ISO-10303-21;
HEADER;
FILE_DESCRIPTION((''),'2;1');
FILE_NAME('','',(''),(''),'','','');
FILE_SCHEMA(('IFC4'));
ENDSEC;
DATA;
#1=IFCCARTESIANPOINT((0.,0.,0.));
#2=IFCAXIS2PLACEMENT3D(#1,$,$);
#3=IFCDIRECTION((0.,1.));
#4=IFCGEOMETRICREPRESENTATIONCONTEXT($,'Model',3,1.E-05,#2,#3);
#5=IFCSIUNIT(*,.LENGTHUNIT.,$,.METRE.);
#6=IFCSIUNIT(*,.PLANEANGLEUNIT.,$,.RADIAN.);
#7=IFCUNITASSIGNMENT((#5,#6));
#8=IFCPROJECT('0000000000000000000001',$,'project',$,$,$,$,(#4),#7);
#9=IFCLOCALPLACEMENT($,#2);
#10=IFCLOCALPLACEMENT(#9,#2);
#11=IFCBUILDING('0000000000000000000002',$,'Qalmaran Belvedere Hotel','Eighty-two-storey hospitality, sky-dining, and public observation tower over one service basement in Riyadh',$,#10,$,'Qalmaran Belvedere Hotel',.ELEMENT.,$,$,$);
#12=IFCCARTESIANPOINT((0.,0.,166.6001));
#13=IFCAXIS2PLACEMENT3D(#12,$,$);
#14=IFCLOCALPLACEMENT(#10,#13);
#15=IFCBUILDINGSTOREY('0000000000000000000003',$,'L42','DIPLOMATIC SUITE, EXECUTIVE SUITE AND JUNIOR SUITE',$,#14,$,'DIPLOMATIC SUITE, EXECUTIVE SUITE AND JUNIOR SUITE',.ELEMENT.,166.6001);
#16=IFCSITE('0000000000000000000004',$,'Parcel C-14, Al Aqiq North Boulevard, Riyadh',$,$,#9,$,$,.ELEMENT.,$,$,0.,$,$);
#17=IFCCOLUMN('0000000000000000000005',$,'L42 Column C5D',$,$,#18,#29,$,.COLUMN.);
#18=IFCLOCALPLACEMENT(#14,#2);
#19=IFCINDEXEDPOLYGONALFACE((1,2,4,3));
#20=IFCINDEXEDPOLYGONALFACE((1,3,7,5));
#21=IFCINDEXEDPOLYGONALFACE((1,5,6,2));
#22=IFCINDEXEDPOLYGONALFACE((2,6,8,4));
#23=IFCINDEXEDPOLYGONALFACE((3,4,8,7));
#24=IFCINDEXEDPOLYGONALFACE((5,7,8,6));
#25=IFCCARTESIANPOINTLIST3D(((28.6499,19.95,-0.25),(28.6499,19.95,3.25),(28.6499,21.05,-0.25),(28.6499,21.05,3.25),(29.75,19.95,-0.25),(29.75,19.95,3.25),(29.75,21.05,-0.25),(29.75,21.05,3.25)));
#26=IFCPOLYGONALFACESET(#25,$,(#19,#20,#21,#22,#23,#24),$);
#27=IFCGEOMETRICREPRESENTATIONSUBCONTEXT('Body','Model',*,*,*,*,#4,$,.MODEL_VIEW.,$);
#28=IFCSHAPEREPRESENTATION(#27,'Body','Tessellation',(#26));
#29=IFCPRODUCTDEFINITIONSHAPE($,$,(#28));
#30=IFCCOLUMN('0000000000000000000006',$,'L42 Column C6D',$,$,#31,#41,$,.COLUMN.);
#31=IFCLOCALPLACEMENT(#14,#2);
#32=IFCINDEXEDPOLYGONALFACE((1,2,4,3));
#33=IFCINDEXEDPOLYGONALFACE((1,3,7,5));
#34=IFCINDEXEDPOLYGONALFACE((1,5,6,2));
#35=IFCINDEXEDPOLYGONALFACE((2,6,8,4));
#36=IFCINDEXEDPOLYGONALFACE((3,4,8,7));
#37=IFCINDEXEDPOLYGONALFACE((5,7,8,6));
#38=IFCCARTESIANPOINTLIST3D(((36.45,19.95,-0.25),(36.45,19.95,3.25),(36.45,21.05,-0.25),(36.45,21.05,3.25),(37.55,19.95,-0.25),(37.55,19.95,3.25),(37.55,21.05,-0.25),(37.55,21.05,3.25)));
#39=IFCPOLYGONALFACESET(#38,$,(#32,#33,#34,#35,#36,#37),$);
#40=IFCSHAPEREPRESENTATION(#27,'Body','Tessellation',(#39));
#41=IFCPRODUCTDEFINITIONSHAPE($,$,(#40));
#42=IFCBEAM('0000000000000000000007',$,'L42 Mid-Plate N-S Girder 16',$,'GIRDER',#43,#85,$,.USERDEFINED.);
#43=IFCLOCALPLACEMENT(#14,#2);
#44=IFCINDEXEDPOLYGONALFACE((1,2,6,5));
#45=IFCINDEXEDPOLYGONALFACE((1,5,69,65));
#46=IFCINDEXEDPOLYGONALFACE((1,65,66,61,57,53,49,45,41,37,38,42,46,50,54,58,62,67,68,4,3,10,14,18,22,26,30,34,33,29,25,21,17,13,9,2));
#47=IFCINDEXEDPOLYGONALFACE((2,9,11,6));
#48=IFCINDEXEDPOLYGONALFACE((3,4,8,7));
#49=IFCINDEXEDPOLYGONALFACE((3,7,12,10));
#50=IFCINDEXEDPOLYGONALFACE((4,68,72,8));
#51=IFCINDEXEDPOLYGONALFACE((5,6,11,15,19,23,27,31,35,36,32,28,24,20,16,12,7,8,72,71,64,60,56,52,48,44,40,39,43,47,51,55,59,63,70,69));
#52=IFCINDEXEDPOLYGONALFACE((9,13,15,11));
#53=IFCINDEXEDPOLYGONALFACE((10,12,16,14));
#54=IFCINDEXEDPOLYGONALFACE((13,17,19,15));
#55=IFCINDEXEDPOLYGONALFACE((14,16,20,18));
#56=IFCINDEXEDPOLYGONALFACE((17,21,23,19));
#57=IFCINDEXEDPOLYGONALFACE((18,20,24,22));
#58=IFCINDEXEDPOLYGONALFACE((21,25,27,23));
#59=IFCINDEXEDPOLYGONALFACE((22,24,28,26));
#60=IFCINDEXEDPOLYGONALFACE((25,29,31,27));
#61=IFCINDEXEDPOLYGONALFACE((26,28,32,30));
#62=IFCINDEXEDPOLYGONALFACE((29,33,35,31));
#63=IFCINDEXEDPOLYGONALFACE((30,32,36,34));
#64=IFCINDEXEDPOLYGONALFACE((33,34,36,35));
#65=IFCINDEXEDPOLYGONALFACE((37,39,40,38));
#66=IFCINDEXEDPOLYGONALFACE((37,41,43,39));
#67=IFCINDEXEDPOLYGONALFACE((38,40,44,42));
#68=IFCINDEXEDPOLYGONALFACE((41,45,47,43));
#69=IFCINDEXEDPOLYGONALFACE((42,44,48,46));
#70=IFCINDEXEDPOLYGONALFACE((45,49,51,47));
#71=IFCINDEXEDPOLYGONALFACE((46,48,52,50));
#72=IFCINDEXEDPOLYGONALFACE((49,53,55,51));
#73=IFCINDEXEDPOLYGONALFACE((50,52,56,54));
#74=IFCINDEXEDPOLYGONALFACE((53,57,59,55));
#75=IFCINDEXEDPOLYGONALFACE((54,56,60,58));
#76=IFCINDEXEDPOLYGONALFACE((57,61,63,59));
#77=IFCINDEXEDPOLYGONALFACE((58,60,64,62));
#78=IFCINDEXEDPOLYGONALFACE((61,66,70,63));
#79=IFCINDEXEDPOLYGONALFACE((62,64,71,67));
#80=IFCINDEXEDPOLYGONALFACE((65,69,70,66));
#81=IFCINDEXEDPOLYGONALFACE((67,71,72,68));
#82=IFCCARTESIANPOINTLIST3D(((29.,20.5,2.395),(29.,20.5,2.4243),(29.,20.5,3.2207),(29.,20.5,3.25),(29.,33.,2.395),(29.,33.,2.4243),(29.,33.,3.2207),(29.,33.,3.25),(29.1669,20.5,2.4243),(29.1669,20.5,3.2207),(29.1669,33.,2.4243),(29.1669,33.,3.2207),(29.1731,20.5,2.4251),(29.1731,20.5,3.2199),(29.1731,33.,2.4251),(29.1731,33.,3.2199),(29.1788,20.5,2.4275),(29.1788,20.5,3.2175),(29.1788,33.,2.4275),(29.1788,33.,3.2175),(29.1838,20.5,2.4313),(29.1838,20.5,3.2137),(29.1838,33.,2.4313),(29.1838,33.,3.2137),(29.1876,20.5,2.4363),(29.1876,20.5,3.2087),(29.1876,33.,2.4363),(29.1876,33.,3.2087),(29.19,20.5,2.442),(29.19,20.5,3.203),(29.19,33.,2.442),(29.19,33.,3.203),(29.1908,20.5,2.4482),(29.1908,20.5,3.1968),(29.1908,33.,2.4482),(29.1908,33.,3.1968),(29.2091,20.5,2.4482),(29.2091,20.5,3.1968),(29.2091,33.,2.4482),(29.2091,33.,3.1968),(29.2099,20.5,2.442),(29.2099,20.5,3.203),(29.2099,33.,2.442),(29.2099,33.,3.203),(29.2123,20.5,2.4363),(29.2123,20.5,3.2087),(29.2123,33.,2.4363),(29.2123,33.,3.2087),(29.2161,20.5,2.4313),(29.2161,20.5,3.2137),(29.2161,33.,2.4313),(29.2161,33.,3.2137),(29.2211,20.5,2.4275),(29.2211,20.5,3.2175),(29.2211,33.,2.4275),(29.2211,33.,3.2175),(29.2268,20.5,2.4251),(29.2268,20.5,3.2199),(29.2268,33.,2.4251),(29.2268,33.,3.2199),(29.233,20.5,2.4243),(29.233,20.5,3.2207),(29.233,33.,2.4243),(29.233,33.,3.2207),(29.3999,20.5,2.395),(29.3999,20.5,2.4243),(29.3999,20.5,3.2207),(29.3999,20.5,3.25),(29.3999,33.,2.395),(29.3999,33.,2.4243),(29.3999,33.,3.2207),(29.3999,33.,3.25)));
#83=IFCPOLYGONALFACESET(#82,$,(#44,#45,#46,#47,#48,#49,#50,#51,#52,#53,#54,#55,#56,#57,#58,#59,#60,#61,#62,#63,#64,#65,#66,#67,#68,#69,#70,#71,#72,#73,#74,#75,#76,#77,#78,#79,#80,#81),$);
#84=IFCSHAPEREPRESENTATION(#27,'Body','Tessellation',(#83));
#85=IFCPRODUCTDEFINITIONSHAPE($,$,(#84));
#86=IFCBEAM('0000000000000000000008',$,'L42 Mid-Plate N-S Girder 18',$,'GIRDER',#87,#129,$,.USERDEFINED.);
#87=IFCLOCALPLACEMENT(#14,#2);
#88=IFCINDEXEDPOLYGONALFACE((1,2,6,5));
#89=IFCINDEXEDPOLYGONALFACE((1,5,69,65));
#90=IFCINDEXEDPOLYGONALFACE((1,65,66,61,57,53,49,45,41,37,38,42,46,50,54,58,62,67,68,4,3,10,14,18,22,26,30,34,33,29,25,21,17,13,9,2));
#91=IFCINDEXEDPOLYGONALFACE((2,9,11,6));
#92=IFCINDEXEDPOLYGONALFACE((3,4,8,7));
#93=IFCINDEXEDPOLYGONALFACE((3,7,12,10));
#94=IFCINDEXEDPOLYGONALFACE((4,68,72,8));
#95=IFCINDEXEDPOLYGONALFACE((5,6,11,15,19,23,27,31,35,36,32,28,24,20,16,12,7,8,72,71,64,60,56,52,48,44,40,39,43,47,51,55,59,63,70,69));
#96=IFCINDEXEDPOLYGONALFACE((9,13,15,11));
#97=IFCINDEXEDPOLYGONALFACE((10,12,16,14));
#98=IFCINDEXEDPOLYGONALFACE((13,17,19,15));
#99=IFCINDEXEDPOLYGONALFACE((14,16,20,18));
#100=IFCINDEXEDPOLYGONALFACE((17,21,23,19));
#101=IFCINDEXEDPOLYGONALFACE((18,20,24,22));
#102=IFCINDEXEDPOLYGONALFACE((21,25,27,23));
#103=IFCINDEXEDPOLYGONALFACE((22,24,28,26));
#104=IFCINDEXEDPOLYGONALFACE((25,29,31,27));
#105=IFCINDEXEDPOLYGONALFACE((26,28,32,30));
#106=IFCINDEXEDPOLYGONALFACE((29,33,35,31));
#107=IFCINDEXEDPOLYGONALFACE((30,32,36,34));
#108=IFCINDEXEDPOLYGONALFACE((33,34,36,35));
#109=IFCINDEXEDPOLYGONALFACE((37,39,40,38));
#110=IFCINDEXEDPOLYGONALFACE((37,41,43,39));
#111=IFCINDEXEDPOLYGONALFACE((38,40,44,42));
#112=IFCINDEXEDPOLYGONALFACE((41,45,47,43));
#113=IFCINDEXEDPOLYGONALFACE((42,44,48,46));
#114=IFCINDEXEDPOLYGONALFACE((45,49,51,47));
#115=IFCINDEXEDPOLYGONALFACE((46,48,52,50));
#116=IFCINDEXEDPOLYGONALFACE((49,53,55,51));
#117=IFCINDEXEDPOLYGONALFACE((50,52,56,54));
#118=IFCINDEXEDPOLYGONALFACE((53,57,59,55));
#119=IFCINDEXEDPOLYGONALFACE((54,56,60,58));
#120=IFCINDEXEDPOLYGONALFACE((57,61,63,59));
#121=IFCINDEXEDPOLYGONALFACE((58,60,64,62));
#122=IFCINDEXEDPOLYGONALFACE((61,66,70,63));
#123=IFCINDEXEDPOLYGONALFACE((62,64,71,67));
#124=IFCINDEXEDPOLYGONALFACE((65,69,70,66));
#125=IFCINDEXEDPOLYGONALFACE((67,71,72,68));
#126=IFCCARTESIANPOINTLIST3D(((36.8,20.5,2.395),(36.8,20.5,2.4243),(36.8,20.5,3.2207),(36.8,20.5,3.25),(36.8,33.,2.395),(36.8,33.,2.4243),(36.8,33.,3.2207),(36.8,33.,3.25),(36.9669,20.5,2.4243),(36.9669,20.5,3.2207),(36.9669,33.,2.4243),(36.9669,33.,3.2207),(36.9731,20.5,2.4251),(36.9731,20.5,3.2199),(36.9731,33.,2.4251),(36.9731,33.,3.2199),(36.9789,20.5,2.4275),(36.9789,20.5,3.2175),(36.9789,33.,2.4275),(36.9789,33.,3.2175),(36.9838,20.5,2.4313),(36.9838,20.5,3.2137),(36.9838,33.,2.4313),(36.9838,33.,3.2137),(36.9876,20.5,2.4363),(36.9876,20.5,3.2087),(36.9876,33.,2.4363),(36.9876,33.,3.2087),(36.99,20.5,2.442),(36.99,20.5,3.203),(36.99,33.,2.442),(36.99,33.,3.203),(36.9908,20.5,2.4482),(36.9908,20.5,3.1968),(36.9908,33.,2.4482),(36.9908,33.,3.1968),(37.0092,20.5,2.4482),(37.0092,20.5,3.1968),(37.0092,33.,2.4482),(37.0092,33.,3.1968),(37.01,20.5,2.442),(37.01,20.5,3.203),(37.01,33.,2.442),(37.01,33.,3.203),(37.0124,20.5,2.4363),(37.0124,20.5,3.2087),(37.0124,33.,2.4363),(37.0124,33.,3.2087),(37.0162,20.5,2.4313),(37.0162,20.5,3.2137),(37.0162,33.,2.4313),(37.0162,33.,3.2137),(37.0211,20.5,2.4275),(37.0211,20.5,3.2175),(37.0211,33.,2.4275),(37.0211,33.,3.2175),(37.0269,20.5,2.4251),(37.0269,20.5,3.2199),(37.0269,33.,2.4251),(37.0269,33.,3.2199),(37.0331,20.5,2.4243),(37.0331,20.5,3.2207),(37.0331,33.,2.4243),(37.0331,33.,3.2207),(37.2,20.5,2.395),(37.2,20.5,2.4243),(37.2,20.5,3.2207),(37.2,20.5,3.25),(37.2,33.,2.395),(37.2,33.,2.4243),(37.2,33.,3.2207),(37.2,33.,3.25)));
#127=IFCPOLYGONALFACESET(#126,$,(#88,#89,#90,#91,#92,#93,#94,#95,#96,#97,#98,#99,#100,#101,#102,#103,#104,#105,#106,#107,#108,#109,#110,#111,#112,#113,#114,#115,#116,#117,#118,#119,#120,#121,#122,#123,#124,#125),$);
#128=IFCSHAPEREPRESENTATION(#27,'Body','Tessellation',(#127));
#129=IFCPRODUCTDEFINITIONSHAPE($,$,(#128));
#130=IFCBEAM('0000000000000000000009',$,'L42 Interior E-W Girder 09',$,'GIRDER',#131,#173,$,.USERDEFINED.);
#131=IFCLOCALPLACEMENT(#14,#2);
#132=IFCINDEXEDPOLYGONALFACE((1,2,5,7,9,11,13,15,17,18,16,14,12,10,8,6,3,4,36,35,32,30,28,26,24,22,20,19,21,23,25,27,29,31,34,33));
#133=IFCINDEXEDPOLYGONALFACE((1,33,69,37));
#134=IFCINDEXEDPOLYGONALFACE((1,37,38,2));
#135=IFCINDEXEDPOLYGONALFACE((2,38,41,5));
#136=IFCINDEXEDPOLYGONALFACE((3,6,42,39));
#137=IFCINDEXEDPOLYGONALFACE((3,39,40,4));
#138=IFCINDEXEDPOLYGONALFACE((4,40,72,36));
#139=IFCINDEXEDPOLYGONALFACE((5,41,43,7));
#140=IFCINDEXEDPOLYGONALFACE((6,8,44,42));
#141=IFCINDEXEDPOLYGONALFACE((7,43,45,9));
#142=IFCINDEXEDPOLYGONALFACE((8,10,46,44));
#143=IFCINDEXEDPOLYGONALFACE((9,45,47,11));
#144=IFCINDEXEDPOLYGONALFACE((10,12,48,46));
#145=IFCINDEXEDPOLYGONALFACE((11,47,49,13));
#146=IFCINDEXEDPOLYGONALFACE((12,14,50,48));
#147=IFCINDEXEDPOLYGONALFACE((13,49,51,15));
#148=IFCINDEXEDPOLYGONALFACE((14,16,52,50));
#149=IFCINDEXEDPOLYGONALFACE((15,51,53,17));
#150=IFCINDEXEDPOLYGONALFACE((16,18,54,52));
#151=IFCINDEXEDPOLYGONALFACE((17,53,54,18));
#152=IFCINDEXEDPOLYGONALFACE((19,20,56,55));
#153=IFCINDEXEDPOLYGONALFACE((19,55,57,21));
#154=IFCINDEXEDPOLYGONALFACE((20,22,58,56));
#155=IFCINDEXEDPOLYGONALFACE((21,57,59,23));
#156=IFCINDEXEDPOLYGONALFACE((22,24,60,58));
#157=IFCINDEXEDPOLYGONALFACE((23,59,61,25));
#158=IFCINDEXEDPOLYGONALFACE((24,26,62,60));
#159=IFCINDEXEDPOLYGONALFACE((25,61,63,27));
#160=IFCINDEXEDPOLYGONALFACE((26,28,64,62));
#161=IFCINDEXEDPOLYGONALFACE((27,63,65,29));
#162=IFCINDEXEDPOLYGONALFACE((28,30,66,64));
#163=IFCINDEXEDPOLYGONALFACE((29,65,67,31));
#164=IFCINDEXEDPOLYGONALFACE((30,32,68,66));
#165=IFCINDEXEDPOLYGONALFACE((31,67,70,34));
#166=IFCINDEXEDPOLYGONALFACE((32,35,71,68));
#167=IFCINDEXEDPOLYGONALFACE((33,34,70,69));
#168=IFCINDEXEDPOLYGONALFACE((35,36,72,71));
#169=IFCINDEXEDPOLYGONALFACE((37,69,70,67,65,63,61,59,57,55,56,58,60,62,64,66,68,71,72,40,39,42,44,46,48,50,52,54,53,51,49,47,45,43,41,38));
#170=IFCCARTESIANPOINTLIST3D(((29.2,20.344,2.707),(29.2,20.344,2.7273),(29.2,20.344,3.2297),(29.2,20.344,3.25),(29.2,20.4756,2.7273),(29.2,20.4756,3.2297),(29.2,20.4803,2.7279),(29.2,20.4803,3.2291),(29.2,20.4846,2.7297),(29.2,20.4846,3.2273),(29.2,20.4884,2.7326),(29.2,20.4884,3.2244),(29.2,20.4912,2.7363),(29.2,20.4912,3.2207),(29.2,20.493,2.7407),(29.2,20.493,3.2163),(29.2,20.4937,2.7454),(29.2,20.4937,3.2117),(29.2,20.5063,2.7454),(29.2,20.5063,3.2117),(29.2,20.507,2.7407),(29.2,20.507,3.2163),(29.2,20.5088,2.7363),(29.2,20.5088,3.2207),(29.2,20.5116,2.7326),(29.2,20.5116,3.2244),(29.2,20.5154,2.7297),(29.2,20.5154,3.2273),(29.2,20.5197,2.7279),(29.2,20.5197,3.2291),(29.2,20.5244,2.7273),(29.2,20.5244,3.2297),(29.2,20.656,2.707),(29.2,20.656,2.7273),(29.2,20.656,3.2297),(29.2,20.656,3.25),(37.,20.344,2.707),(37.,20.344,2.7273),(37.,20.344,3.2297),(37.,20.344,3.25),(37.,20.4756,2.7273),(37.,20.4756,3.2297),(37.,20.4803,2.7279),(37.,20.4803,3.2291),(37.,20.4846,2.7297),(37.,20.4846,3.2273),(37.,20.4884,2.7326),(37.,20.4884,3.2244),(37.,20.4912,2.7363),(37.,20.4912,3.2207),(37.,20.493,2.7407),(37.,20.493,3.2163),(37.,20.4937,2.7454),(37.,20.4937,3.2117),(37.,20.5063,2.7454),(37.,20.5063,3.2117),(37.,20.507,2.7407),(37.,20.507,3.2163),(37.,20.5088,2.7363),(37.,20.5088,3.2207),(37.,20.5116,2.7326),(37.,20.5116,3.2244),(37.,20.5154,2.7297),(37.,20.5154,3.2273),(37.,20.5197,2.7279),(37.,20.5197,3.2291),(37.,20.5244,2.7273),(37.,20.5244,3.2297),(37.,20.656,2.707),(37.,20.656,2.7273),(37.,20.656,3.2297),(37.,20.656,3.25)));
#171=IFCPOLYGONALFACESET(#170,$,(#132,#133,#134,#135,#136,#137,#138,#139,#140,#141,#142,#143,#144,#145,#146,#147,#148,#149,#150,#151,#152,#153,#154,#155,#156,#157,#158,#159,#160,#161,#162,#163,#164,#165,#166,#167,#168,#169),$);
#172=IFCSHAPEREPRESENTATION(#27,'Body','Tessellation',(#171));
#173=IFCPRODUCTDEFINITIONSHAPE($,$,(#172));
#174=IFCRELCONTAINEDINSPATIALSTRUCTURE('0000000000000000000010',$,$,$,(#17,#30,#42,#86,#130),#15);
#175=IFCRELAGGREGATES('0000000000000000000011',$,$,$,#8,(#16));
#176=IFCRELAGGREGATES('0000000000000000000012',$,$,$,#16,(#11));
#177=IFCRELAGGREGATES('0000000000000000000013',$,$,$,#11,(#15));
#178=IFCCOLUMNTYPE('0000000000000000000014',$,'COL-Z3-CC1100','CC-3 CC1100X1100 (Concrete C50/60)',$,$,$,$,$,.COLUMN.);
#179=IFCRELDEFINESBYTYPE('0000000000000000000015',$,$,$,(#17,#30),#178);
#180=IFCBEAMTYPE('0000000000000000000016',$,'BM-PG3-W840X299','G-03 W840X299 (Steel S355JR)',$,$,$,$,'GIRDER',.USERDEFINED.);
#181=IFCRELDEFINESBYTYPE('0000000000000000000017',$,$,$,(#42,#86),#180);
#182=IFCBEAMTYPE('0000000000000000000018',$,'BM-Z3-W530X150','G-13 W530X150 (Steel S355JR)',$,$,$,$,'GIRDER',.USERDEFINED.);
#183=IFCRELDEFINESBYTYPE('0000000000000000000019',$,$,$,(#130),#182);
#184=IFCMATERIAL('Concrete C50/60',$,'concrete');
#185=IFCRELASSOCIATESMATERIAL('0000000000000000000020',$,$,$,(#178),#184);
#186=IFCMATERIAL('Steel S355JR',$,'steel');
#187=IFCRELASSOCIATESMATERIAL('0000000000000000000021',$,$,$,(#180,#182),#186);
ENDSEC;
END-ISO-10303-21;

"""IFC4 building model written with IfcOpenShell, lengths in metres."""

from ifc_helpers import new_model, si_unit, direction, frame, origin, origin_2d, place, context, subcontext, project, spatial, rectangle, i_section, extrude, material, material_profile, profile_set, type_object, element, save


model = new_model("IFC4")

# Units and contexts
model_context = context("Model", 3, precision=1e-05, world=origin(), true_north=direction((0.0, 1.0)))
body_context = subcontext(model_context, "Body", "Model", "MODEL_VIEW")
ifc_project = project(units=[si_unit("LENGTHUNIT", "METRE"), si_unit("PLANEANGLEUNIT", "RADIAN")], contexts=[model_context])

# Site, building, storey
site_placement = place(None, origin())
site = spatial("IfcSite", under=ifc_project, at=site_placement, Name="Parcel C-14, Al Aqiq North Boulevard, Riyadh", CompositionType="ELEMENT", RefElevation=0.0)
building_placement = place(site_placement, origin())
building = spatial("IfcBuilding", under=site, at=building_placement, Name="Qalmaran Belvedere Hotel", Description="Eighty-two-storey hospitality, sky-dining, and public observation tower over one service basement in Riyadh", LongName="Qalmaran Belvedere Hotel", CompositionType="ELEMENT")
storey_placement = place(building_placement, frame((0.0, 0.0, 166.6001)))
storey = spatial("IfcBuildingStorey", under=building, at=storey_placement, Name="L42", Description="DIPLOMATIC SUITE, EXECUTIVE SUITE AND JUNIOR SUITE", LongName="DIPLOMATIC SUITE, EXECUTIVE SUITE AND JUNIOR SUITE", CompositionType="ELEMENT", Elevation=166.6001)

# Columns
ifc_material_1 = material(Name="Concrete C50/60", Category="concrete")
ifc_material_profile_1 = material_profile(ifc_material_1, rectangle(XDim=1.1001, YDim=1.1001, at=origin_2d()), Name="CC1100X1100")
ifc_profile_set_1 = profile_set([ifc_material_profile_1], Name="Concrete C50/60")
column_type = type_object("IfcColumnType", Name="COL-Z3-CC1100", Description="CC-3 CC1100X1100 (Concrete C50/60)", PredefinedType="COLUMN", material=ifc_profile_set_1)
for number, where, z_axis, x_axis, name in (
    (1, (29.2, 20.5, -0.25), (0.0, 0.0, 1.0), (1.0, 0.0, 0.0), "L42 Column C5D"),
    (2, (37.0, 20.5, -0.25), (0.0, 0.0, 1.0), (1.0, 0.0, 0.0), "L42 Column C6D"),
):
    element("IfcColumn", number, at=place(storey_placement, frame(where, z_axis=z_axis, x_axis=x_axis)), inside=storey, type_object=column_type, Name=name, PredefinedType="COLUMN", context=body_context, shape_type="SweptSolid", body=[
        extrude(rectangle(XDim=1.1001, YDim=1.1001, at=origin_2d()), origin(), (0.0, 0.0, 1.0), 3.5),
    ])

# Beams
ifc_material_2 = material(Name="Steel S355JR", Category="steel")
ifc_material_profile_2 = material_profile(ifc_material_2, i_section(OverallWidth=0.3999, OverallDepth=0.855, WebThickness=0.0183, FlangeThickness=0.0293, FilletRadius=0.0239, at=origin_2d()), Name="W840X299")
ifc_profile_set_2 = profile_set([ifc_material_profile_2], Name="Steel S355JR")
beam_type_1 = type_object("IfcBeamType", Name="BM-PG3-W840X299", Description="G-03 W840X299 (Steel S355JR)", ElementType="GIRDER", PredefinedType="USERDEFINED", material=ifc_profile_set_2)
for number, where, z_axis, x_axis, name in (
    (3, (29.2, 20.5, 2.8225), (0.0, 1.0, 0.0), (-1.0, 0.0, 0.0), "L42 Mid-Plate N-S Girder 16"),
    (4, (37.0, 20.5, 2.8225), (0.0, 1.0, 0.0), (-1.0, 0.0, 0.0), "L42 Mid-Plate N-S Girder 18"),
):
    element("IfcBeam", number, at=place(storey_placement, frame(where, z_axis=z_axis, x_axis=x_axis)), inside=storey, type_object=beam_type_1, Name=name, ObjectType="GIRDER", PredefinedType="USERDEFINED", context=body_context, shape_type="SweptSolid", body=[
        extrude(i_section(OverallWidth=0.3999, OverallDepth=0.855, WebThickness=0.0183, FlangeThickness=0.0293, FilletRadius=0.0239, at=origin_2d()), origin(), (0.0, 0.0, 1.0), 12.5),
    ])
ifc_material_profile_3 = material_profile(ifc_material_2, i_section(OverallWidth=0.312, OverallDepth=0.543, WebThickness=0.0127, FlangeThickness=0.0203, FilletRadius=0.0181, at=origin_2d()), Name="W530X150")
ifc_profile_set_3 = profile_set([ifc_material_profile_3], Name="Steel S355JR")
beam_type_2 = type_object("IfcBeamType", Name="BM-Z3-W530X150", Description="G-13 W530X150 (Steel S355JR)", ElementType="GIRDER", PredefinedType="USERDEFINED", material=ifc_profile_set_3)
for number, where, z_axis, x_axis, name in (
    (5, (29.2, 20.5, 2.9785), (1.0, 0.0, 0.0), (0.0, 1.0, 0.0), "L42 Interior E-W Girder 09"),
):
    element("IfcBeam", number, at=place(storey_placement, frame(where, z_axis=z_axis, x_axis=x_axis)), inside=storey, type_object=beam_type_2, Name=name, ObjectType="GIRDER", PredefinedType="USERDEFINED", context=body_context, shape_type="SweptSolid", body=[
        extrude(i_section(OverallWidth=0.312, OverallDepth=0.543, WebThickness=0.0127, FlangeThickness=0.0203, FilletRadius=0.0181, at=origin_2d()), origin(), (0.0, 0.0, 1.0), 7.8),
    ])

save(model, "model.ifc")
